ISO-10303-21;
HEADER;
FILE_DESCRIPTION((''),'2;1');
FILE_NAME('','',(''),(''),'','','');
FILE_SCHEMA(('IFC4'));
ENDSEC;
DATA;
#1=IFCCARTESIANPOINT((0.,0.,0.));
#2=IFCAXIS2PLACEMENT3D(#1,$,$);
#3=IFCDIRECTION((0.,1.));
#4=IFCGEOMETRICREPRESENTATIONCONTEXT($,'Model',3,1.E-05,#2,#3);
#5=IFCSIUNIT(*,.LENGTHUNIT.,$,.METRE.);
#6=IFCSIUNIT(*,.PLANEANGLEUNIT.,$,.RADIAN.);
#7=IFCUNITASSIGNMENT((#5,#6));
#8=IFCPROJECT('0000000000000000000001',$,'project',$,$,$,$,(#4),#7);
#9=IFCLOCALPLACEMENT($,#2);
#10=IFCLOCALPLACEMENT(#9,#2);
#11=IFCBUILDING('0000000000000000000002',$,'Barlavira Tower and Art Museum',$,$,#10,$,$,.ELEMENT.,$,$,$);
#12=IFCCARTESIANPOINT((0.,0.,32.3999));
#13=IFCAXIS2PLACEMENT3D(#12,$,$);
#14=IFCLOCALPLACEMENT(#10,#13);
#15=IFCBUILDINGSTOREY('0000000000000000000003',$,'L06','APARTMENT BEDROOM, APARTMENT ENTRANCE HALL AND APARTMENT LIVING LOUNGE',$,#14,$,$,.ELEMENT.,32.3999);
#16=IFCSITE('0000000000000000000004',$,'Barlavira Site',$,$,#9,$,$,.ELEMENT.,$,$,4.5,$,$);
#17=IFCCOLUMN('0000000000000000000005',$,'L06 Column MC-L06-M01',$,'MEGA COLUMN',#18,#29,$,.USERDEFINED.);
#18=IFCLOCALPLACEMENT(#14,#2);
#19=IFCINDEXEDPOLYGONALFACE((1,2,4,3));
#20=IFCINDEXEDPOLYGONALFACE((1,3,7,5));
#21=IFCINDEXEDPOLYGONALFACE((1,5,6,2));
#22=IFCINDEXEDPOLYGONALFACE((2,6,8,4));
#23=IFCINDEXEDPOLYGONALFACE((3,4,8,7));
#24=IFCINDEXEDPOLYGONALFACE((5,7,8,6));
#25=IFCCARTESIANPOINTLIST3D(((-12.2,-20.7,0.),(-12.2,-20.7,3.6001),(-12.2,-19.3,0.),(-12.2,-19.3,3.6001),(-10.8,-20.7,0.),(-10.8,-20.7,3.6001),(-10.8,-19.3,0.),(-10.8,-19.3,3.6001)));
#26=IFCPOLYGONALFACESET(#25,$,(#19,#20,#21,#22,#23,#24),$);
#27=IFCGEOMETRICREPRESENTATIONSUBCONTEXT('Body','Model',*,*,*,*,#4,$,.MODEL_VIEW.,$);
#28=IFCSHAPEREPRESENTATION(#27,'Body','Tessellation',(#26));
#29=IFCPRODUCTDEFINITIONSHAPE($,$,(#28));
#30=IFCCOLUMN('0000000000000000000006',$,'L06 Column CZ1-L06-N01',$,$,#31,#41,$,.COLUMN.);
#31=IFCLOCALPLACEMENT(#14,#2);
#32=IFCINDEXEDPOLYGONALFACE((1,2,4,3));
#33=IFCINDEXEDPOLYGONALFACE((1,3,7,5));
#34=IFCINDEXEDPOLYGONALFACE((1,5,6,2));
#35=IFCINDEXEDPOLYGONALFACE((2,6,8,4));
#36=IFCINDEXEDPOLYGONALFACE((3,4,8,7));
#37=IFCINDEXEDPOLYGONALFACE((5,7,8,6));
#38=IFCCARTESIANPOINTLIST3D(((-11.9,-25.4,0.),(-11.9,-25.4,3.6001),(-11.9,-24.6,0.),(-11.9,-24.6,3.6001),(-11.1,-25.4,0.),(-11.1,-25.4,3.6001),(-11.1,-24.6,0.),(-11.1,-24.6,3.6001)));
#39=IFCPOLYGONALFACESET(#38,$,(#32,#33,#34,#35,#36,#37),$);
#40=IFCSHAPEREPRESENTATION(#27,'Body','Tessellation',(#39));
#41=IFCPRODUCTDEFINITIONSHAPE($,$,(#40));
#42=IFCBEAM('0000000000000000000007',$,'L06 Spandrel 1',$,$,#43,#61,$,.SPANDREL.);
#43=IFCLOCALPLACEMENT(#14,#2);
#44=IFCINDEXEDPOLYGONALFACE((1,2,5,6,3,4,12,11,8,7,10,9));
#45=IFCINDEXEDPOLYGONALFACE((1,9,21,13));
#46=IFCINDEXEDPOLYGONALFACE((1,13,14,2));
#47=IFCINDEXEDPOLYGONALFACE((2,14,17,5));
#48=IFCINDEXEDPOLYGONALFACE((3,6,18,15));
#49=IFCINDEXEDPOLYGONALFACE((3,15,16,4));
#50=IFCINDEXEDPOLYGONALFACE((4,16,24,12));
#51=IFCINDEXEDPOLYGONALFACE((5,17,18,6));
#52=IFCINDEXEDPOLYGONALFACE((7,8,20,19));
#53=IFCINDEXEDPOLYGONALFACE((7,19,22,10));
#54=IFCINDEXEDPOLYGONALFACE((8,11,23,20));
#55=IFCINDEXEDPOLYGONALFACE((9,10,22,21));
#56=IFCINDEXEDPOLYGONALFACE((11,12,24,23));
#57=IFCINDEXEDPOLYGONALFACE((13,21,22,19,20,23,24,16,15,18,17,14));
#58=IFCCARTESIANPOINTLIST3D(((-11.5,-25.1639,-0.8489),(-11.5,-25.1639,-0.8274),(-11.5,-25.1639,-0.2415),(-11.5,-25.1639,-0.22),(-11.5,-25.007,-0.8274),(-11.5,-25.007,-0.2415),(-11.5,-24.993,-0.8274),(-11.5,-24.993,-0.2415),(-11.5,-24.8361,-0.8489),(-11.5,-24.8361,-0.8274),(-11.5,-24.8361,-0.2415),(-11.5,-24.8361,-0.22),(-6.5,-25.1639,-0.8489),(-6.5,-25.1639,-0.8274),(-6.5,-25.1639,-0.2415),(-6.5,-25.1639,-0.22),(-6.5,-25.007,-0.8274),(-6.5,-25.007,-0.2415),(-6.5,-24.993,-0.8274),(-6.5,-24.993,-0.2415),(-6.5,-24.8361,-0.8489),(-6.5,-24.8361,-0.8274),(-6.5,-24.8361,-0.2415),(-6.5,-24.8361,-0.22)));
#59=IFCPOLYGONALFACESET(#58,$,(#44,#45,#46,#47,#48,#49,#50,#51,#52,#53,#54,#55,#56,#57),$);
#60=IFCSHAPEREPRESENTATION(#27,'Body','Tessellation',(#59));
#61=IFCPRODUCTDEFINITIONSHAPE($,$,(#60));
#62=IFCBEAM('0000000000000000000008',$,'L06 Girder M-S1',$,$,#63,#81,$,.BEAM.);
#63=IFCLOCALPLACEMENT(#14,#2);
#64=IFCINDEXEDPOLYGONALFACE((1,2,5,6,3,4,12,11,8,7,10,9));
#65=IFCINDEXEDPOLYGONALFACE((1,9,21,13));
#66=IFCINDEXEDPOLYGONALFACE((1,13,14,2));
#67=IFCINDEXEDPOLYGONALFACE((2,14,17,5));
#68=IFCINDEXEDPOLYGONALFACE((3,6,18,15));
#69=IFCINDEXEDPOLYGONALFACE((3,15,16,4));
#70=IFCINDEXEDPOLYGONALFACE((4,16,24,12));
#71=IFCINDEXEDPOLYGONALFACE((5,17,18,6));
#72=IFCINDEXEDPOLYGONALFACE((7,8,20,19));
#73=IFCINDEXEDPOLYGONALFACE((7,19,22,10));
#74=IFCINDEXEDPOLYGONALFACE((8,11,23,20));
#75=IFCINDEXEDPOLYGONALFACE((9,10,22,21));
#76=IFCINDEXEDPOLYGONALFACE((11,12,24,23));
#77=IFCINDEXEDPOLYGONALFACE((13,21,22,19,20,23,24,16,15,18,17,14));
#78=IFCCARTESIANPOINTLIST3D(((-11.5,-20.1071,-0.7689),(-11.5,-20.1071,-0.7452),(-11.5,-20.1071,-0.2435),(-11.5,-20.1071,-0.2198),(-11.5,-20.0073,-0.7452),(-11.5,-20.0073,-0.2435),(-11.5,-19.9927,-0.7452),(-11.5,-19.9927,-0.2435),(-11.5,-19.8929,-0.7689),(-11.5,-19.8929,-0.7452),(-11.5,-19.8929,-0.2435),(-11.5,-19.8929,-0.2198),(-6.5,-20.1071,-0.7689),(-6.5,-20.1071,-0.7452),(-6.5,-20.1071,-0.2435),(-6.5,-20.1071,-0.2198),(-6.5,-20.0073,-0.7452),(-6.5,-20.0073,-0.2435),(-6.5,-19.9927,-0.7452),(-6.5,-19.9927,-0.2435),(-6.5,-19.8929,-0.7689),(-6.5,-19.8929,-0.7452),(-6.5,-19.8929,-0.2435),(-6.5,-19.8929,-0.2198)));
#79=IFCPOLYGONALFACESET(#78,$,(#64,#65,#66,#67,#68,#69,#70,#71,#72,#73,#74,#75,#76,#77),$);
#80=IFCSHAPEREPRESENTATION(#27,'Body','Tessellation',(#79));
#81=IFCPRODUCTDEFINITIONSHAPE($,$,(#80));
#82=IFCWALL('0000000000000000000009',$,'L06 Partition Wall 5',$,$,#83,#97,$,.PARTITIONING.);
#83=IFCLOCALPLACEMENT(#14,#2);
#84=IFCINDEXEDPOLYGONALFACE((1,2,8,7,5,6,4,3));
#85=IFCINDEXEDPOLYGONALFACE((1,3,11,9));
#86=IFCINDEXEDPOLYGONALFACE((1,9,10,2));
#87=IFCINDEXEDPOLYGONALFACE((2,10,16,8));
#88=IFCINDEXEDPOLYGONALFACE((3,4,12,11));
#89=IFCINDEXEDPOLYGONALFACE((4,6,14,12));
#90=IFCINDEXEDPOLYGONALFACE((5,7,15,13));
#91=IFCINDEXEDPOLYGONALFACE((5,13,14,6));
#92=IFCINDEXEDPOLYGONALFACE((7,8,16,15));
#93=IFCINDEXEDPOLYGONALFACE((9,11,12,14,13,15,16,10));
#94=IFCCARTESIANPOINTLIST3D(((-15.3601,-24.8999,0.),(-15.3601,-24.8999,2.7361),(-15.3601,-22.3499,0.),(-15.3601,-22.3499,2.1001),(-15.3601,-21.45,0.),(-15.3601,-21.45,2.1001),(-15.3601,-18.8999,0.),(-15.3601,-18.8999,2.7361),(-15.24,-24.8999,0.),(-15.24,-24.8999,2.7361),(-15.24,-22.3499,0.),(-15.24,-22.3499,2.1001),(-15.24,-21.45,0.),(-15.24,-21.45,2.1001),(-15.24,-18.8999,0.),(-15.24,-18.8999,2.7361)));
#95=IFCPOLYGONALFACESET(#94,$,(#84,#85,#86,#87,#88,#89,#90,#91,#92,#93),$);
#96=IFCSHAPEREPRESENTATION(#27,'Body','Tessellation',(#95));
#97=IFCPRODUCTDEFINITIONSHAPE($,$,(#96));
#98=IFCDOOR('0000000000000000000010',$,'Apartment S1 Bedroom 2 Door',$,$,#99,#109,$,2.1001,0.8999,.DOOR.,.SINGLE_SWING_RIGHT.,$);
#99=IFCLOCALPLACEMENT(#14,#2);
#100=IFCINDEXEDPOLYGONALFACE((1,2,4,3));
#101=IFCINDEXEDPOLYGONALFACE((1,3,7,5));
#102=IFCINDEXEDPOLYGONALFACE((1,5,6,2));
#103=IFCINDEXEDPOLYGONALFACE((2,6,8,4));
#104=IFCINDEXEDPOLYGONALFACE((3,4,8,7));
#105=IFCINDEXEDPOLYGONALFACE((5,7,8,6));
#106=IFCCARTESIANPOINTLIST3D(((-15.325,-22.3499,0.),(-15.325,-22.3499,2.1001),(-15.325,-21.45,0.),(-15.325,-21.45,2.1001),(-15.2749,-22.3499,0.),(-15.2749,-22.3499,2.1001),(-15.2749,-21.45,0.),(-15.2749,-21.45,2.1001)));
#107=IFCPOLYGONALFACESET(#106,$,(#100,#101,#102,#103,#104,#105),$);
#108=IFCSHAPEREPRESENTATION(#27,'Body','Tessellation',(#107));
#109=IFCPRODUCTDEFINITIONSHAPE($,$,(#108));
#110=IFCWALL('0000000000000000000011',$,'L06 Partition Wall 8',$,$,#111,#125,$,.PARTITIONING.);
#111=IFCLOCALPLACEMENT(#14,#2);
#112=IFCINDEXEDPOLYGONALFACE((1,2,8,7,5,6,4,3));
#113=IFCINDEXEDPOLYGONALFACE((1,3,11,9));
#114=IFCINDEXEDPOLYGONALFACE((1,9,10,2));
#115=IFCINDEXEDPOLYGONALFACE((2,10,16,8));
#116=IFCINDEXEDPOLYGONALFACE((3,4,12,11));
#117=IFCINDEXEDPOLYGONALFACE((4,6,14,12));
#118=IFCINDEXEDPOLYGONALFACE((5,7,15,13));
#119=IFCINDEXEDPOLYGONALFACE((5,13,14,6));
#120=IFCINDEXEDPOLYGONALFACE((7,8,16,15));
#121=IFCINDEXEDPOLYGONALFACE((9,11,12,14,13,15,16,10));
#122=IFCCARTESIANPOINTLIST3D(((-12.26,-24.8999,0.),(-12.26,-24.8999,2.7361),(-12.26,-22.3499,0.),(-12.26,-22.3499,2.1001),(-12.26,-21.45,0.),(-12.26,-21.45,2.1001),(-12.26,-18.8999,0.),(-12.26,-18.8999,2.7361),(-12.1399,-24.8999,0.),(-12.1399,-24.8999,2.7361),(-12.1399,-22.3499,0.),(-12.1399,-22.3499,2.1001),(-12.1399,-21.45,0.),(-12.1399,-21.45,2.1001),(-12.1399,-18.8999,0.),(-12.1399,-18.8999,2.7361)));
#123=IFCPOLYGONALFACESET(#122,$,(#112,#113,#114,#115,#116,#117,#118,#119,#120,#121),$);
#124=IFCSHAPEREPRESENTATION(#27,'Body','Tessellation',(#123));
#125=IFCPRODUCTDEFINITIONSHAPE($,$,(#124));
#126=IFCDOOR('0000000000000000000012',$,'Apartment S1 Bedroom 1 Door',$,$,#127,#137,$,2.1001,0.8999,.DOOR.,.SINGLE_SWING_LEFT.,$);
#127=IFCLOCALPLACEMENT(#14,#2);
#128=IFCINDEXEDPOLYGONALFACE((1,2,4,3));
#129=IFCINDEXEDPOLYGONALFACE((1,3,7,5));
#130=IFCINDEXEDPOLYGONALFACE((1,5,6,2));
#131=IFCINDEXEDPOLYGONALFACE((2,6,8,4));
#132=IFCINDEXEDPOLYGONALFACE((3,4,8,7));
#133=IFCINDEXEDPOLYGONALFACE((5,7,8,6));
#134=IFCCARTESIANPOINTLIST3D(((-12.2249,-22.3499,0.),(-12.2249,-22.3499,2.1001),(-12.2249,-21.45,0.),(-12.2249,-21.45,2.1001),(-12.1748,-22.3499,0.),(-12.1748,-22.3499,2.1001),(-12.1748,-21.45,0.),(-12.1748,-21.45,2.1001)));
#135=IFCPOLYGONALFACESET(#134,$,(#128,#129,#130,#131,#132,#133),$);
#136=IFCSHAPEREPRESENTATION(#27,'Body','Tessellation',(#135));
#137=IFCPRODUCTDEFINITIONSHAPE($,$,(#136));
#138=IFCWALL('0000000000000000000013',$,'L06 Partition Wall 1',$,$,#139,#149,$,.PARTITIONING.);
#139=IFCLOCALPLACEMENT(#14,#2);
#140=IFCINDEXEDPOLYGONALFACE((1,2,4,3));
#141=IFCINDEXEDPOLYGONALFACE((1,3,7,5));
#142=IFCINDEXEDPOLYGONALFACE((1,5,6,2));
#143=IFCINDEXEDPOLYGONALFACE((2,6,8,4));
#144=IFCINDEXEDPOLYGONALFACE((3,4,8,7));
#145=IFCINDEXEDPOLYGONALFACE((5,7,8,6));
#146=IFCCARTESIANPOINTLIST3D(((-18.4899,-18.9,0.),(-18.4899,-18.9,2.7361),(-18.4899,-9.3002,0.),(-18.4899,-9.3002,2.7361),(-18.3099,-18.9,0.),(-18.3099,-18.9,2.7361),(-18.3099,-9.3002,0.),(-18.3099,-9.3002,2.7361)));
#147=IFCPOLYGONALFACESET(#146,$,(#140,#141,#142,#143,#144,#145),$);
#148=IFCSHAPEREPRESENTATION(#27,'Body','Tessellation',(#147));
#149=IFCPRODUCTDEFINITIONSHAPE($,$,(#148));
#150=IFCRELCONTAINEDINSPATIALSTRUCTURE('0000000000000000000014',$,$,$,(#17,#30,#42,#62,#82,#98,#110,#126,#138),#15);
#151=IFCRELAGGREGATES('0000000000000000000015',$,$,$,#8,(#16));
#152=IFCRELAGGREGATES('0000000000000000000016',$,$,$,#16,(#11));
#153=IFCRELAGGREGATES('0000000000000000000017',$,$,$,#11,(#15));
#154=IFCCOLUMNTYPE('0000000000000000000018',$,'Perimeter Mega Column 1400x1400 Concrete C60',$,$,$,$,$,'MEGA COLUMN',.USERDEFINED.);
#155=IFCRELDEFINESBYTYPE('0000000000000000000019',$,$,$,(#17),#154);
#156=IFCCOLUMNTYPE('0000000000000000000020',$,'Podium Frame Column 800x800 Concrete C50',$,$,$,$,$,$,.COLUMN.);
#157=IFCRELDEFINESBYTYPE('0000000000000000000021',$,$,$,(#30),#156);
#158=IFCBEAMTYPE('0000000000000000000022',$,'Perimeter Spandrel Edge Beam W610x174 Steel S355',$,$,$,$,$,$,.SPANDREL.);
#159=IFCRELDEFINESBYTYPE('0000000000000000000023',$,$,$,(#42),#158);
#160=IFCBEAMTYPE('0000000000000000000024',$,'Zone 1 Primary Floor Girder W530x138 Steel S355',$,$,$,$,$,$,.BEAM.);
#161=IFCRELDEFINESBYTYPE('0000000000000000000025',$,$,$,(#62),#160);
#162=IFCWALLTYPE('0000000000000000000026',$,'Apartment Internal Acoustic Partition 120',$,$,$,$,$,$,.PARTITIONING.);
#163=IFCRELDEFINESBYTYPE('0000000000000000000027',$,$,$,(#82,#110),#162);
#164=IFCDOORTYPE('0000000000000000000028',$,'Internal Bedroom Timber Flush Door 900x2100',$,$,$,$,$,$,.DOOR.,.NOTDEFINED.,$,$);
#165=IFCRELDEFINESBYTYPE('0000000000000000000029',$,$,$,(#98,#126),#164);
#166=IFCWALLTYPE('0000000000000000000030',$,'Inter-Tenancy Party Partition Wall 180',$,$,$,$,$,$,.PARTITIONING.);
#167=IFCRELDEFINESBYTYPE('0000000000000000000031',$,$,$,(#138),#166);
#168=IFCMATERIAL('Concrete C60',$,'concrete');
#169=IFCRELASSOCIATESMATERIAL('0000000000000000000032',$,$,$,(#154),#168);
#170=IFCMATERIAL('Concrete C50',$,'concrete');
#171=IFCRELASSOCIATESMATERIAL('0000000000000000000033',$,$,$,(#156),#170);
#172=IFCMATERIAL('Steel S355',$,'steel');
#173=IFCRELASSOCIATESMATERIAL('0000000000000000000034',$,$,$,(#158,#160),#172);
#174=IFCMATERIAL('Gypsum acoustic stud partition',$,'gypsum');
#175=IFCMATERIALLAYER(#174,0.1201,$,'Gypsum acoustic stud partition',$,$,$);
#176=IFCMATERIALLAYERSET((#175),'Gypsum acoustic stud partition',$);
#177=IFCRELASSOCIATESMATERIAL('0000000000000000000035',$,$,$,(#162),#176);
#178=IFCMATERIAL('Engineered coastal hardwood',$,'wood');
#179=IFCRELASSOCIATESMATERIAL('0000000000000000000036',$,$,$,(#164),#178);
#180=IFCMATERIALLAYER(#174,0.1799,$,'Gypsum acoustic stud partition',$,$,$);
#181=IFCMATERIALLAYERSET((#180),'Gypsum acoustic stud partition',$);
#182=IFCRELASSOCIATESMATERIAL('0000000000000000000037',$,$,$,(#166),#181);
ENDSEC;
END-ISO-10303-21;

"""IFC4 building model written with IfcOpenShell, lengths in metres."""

from ifc_helpers import new_model, si_unit, direction, frame, frame_2d, origin, origin_2d, place, context, subcontext, project, spatial, rectangle, i_section, extrude, material, layer, layer_set, material_profile, profile_set, type_object, element, fill, save


model = new_model("IFC4")

# Units and contexts
model_context = context("Model", 3, precision=1e-05, world=origin(), true_north=direction((0.0, 1.0)))
body_context = subcontext(model_context, "Body", "Model", "MODEL_VIEW")
ifc_project = project(units=[si_unit("LENGTHUNIT", "METRE"), si_unit("PLANEANGLEUNIT", "RADIAN")], contexts=[model_context])

# Site, building, storey
site_placement = place(None, origin())
site = spatial("IfcSite", under=ifc_project, at=site_placement, Name="Barlavira Site", CompositionType="ELEMENT", RefElevation=4.5)
building_placement = place(site_placement, origin())
building = spatial("IfcBuilding", under=site, at=building_placement, Name="Barlavira Tower and Art Museum", CompositionType="ELEMENT")
storey_placement = place(building_placement, frame((0.0, 0.0, 32.3999)))
storey = spatial("IfcBuildingStorey", under=building, at=storey_placement, Name="L06", Description="APARTMENT BEDROOM, APARTMENT ENTRANCE HALL AND APARTMENT LIVING LOUNGE", CompositionType="ELEMENT", Elevation=32.3999)

# Columns
ifc_material_1 = material(Name="Concrete C60", Category="concrete")
ifc_material_profile_1 = material_profile(ifc_material_1, rectangle(XDim=1.3999, YDim=1.3999, at=origin_2d()), Name="RC-MCOL 1400x1400")
ifc_profile_set_1 = profile_set([ifc_material_profile_1], Name="Concrete C60")
column_type_1 = type_object("IfcColumnType", Name="Perimeter Mega Column 1400x1400 Concrete C60", ElementType="MEGA COLUMN", PredefinedType="USERDEFINED", material=ifc_profile_set_1)
column_1_placement = place(storey_placement, frame((-11.5, -20.0, 0.0), z_axis=(0.0, 0.0, 1.0), x_axis=(1.0, 0.0, 0.0)))
element("IfcColumn", 1, at=column_1_placement, inside=storey, type_object=column_type_1, Name="L06 Column MC-L06-M01", ObjectType="MEGA COLUMN", PredefinedType="USERDEFINED", context=body_context, shape_type="SweptSolid", body=[
    extrude(rectangle(XDim=1.3999, YDim=1.3999, at=origin_2d()), origin(), (0.0, 0.0, 1.0), 3.6001),
])
ifc_material_2 = material(Name="Concrete C50", Category="concrete")
ifc_material_profile_2 = material_profile(ifc_material_2, rectangle(XDim=0.8, YDim=0.8, at=origin_2d()), Name="RC-COL 800x800")
ifc_profile_set_2 = profile_set([ifc_material_profile_2], Name="Concrete C50")
column_type_2 = type_object("IfcColumnType", Name="Podium Frame Column 800x800 Concrete C50", PredefinedType="COLUMN", material=ifc_profile_set_2)
column_2_placement = place(storey_placement, frame((-11.5, -25.0, 0.0), z_axis=(0.0, 0.0, 1.0), x_axis=(1.0, 0.0, 0.0)))
element("IfcColumn", 2, at=column_2_placement, inside=storey, type_object=column_type_2, Name="L06 Column CZ1-L06-N01", PredefinedType="COLUMN", context=body_context, shape_type="SweptSolid", body=[
    extrude(rectangle(XDim=0.8, YDim=0.8, at=origin_2d()), origin(), (0.0, 0.0, 1.0), 3.6001),
])

# Beams
ifc_material_3 = material(Name="Steel S355", Category="steel")
ifc_material_profile_3 = material_profile(ifc_material_3, i_section(OverallWidth=0.3279, OverallDepth=0.6289, WebThickness=0.0139, FlangeThickness=0.0215, at=origin_2d()), Name="W610x174.0")
ifc_profile_set_3 = profile_set([ifc_material_profile_3], Name="Steel S355")
beam_type_1 = type_object("IfcBeamType", Name="Perimeter Spandrel Edge Beam W610x174 Steel S355", PredefinedType="SPANDREL", material=ifc_profile_set_3)
beam_1_placement = place(storey_placement, frame((-11.5, -25.0, -0.5344), z_axis=(1.0, 0.0, 0.0), x_axis=(0.0, 1.0, 0.0)))
element("IfcBeam", 3, at=beam_1_placement, inside=storey, type_object=beam_type_1, Name="L06 Spandrel 1", PredefinedType="SPANDREL", context=body_context, shape_type="SweptSolid", body=[
    extrude(i_section(OverallWidth=0.3279, OverallDepth=0.6289, WebThickness=0.0139, FlangeThickness=0.0215, at=origin_2d()), origin(), (0.0, 0.0, 1.0), 5.0),
])
ifc_material_profile_4 = material_profile(ifc_material_3, i_section(OverallWidth=0.2141, OverallDepth=0.5491, WebThickness=0.0146, FlangeThickness=0.0237, at=origin_2d()), Name="W530x138.0")
ifc_profile_set_4 = profile_set([ifc_material_profile_4], Name="Steel S355")
beam_type_2 = type_object("IfcBeamType", Name="Zone 1 Primary Floor Girder W530x138 Steel S355", PredefinedType="BEAM", material=ifc_profile_set_4)
beam_2_placement = place(storey_placement, frame((-11.5, -20.0, -0.4944), z_axis=(1.0, 0.0, 0.0), x_axis=(0.0, 1.0, 0.0)))
element("IfcBeam", 4, at=beam_2_placement, inside=storey, type_object=beam_type_2, Name="L06 Girder M-S1", PredefinedType="BEAM", context=body_context, shape_type="SweptSolid", body=[
    extrude(i_section(OverallWidth=0.2141, OverallDepth=0.5491, WebThickness=0.0146, FlangeThickness=0.0237, at=origin_2d()), origin(), (0.0, 0.0, 1.0), 5.0),
])

# Walls, openings, doors
ifc_material_4 = material(Name="Gypsum acoustic stud partition", Category="gypsum")
ifc_layer_1 = layer(ifc_material_4, 0.1201, Name="Gypsum acoustic stud partition")
ifc_layer_set_1 = layer_set([ifc_layer_1], Name="Gypsum acoustic stud partition")
wall_type_1 = type_object("IfcWallType", Name="Apartment Internal Acoustic Partition 120", PredefinedType="PARTITIONING", material=ifc_layer_set_1)
wall_1_placement = place(storey_placement, frame((-15.3, -24.8999, 0.0), z_axis=(0.0, 0.0, 1.0), x_axis=(0.0, 1.0, 0.0)))
wall_1 = element("IfcWall", 5, at=wall_1_placement, inside=storey, type_object=wall_type_1, Name="L06 Partition Wall 5", PredefinedType="PARTITIONING", context=body_context, shape_type="SweptSolid", body=[
    extrude(rectangle(XDim=6.0, YDim=0.1201, at=frame_2d((3.0, 0.0))), origin(), (0.0, 0.0, 1.0), 2.7361),
])
opening_1_placement = place(wall_1_placement, frame((2.55, 0.0, 0.0)))
opening_1 = element("IfcOpeningElement", 6, at=opening_1_placement, cuts=wall_1, PredefinedType="OPENING", context=body_context, shape_type="SweptSolid", body=[
    extrude(rectangle(XDim=0.8999, YDim=2.1001, at=frame_2d((0.45, 1.05))), frame((0.0, 0.0701, 0.0), z_axis=(0.0, -1.0, 0.0), x_axis=(1.0, 0.0, 0.0)), (0.0, 0.0, 1.0), 0.1401),
])
ifc_material_5 = material(Name="Engineered coastal hardwood", Category="wood")
door_type_1 = type_object("IfcDoorType", Name="Internal Bedroom Timber Flush Door 900x2100", OperationType="NOTDEFINED", PredefinedType="DOOR", material=ifc_material_5)
door_1_placement = place(opening_1_placement, origin())
door_1 = element("IfcDoor", 7, at=door_1_placement, inside=storey, type_object=door_type_1, Name="Apartment S1 Bedroom 2 Door", OperationType="SINGLE_SWING_RIGHT", OverallHeight=2.1001, OverallWidth=0.8999, PredefinedType="DOOR", context=body_context, shape_type="SweptSolid", body=[
    extrude(rectangle(XDim=0.8999, YDim=2.1001, at=frame_2d((0.45, 1.05))), frame((0.0, 0.0249, 0.0), z_axis=(0.0, -1.0, 0.0), x_axis=(1.0, 0.0, 0.0)), (0.0, 0.0, 1.0), 0.05),
])
fill(opening_1, door_1)
wall_2_placement = place(storey_placement, frame((-12.2, -24.8999, 0.0), z_axis=(0.0, 0.0, 1.0), x_axis=(0.0, 1.0, 0.0)))
wall_2 = element("IfcWall", 8, at=wall_2_placement, inside=storey, type_object=wall_type_1, Name="L06 Partition Wall 8", PredefinedType="PARTITIONING", context=body_context, shape_type="SweptSolid", body=[
    extrude(rectangle(XDim=6.0, YDim=0.1201, at=frame_2d((3.0, 0.0))), origin(), (0.0, 0.0, 1.0), 2.7361),
])
opening_2_placement = place(wall_2_placement, frame((2.55, 0.0, 0.0)))
opening_2 = element("IfcOpeningElement", 9, at=opening_2_placement, cuts=wall_2, PredefinedType="OPENING", context=body_context, shape_type="SweptSolid", body=[
    extrude(rectangle(XDim=0.8999, YDim=2.1001, at=frame_2d((0.45, 1.05))), frame((0.0, 0.0701, 0.0), z_axis=(0.0, -1.0, 0.0), x_axis=(1.0, 0.0, 0.0)), (0.0, 0.0, 1.0), 0.1401),
])
door_2_placement = place(opening_2_placement, origin())
door_2 = element("IfcDoor", 10, at=door_2_placement, inside=storey, type_object=door_type_1, Name="Apartment S1 Bedroom 1 Door", OperationType="SINGLE_SWING_LEFT", OverallHeight=2.1001, OverallWidth=0.8999, PredefinedType="DOOR", context=body_context, shape_type="SweptSolid", body=[
    extrude(rectangle(XDim=0.8999, YDim=2.1001, at=frame_2d((0.45, 1.05))), frame((0.0, 0.0249, 0.0), z_axis=(0.0, -1.0, 0.0), x_axis=(1.0, 0.0, 0.0)), (0.0, 0.0, 1.0), 0.05),
])
fill(opening_2, door_2)

# Wall
ifc_layer_2 = layer(ifc_material_4, 0.1799, Name="Gypsum acoustic stud partition")
ifc_layer_set_2 = layer_set([ifc_layer_2], Name="Gypsum acoustic stud partition")
wall_type_2 = type_object("IfcWallType", Name="Inter-Tenancy Party Partition Wall 180", PredefinedType="PARTITIONING", material=ifc_layer_set_2)
wall_3_placement = place(storey_placement, frame((-18.3999, -18.8999, 0.0), z_axis=(0.0, 0.0, 1.0), x_axis=(0.0, 1.0, 0.0)))
element("IfcWall", 11, at=wall_3_placement, inside=storey, type_object=wall_type_2, Name="L06 Partition Wall 1", PredefinedType="PARTITIONING", context=body_context, shape_type="SweptSolid", body=[
    extrude(rectangle(XDim=9.5999, YDim=0.1799, at=frame_2d((4.7998, 0.0))), origin(), (0.0, 0.0, 1.0), 2.7361),
])

save(model, "model.ifc")
